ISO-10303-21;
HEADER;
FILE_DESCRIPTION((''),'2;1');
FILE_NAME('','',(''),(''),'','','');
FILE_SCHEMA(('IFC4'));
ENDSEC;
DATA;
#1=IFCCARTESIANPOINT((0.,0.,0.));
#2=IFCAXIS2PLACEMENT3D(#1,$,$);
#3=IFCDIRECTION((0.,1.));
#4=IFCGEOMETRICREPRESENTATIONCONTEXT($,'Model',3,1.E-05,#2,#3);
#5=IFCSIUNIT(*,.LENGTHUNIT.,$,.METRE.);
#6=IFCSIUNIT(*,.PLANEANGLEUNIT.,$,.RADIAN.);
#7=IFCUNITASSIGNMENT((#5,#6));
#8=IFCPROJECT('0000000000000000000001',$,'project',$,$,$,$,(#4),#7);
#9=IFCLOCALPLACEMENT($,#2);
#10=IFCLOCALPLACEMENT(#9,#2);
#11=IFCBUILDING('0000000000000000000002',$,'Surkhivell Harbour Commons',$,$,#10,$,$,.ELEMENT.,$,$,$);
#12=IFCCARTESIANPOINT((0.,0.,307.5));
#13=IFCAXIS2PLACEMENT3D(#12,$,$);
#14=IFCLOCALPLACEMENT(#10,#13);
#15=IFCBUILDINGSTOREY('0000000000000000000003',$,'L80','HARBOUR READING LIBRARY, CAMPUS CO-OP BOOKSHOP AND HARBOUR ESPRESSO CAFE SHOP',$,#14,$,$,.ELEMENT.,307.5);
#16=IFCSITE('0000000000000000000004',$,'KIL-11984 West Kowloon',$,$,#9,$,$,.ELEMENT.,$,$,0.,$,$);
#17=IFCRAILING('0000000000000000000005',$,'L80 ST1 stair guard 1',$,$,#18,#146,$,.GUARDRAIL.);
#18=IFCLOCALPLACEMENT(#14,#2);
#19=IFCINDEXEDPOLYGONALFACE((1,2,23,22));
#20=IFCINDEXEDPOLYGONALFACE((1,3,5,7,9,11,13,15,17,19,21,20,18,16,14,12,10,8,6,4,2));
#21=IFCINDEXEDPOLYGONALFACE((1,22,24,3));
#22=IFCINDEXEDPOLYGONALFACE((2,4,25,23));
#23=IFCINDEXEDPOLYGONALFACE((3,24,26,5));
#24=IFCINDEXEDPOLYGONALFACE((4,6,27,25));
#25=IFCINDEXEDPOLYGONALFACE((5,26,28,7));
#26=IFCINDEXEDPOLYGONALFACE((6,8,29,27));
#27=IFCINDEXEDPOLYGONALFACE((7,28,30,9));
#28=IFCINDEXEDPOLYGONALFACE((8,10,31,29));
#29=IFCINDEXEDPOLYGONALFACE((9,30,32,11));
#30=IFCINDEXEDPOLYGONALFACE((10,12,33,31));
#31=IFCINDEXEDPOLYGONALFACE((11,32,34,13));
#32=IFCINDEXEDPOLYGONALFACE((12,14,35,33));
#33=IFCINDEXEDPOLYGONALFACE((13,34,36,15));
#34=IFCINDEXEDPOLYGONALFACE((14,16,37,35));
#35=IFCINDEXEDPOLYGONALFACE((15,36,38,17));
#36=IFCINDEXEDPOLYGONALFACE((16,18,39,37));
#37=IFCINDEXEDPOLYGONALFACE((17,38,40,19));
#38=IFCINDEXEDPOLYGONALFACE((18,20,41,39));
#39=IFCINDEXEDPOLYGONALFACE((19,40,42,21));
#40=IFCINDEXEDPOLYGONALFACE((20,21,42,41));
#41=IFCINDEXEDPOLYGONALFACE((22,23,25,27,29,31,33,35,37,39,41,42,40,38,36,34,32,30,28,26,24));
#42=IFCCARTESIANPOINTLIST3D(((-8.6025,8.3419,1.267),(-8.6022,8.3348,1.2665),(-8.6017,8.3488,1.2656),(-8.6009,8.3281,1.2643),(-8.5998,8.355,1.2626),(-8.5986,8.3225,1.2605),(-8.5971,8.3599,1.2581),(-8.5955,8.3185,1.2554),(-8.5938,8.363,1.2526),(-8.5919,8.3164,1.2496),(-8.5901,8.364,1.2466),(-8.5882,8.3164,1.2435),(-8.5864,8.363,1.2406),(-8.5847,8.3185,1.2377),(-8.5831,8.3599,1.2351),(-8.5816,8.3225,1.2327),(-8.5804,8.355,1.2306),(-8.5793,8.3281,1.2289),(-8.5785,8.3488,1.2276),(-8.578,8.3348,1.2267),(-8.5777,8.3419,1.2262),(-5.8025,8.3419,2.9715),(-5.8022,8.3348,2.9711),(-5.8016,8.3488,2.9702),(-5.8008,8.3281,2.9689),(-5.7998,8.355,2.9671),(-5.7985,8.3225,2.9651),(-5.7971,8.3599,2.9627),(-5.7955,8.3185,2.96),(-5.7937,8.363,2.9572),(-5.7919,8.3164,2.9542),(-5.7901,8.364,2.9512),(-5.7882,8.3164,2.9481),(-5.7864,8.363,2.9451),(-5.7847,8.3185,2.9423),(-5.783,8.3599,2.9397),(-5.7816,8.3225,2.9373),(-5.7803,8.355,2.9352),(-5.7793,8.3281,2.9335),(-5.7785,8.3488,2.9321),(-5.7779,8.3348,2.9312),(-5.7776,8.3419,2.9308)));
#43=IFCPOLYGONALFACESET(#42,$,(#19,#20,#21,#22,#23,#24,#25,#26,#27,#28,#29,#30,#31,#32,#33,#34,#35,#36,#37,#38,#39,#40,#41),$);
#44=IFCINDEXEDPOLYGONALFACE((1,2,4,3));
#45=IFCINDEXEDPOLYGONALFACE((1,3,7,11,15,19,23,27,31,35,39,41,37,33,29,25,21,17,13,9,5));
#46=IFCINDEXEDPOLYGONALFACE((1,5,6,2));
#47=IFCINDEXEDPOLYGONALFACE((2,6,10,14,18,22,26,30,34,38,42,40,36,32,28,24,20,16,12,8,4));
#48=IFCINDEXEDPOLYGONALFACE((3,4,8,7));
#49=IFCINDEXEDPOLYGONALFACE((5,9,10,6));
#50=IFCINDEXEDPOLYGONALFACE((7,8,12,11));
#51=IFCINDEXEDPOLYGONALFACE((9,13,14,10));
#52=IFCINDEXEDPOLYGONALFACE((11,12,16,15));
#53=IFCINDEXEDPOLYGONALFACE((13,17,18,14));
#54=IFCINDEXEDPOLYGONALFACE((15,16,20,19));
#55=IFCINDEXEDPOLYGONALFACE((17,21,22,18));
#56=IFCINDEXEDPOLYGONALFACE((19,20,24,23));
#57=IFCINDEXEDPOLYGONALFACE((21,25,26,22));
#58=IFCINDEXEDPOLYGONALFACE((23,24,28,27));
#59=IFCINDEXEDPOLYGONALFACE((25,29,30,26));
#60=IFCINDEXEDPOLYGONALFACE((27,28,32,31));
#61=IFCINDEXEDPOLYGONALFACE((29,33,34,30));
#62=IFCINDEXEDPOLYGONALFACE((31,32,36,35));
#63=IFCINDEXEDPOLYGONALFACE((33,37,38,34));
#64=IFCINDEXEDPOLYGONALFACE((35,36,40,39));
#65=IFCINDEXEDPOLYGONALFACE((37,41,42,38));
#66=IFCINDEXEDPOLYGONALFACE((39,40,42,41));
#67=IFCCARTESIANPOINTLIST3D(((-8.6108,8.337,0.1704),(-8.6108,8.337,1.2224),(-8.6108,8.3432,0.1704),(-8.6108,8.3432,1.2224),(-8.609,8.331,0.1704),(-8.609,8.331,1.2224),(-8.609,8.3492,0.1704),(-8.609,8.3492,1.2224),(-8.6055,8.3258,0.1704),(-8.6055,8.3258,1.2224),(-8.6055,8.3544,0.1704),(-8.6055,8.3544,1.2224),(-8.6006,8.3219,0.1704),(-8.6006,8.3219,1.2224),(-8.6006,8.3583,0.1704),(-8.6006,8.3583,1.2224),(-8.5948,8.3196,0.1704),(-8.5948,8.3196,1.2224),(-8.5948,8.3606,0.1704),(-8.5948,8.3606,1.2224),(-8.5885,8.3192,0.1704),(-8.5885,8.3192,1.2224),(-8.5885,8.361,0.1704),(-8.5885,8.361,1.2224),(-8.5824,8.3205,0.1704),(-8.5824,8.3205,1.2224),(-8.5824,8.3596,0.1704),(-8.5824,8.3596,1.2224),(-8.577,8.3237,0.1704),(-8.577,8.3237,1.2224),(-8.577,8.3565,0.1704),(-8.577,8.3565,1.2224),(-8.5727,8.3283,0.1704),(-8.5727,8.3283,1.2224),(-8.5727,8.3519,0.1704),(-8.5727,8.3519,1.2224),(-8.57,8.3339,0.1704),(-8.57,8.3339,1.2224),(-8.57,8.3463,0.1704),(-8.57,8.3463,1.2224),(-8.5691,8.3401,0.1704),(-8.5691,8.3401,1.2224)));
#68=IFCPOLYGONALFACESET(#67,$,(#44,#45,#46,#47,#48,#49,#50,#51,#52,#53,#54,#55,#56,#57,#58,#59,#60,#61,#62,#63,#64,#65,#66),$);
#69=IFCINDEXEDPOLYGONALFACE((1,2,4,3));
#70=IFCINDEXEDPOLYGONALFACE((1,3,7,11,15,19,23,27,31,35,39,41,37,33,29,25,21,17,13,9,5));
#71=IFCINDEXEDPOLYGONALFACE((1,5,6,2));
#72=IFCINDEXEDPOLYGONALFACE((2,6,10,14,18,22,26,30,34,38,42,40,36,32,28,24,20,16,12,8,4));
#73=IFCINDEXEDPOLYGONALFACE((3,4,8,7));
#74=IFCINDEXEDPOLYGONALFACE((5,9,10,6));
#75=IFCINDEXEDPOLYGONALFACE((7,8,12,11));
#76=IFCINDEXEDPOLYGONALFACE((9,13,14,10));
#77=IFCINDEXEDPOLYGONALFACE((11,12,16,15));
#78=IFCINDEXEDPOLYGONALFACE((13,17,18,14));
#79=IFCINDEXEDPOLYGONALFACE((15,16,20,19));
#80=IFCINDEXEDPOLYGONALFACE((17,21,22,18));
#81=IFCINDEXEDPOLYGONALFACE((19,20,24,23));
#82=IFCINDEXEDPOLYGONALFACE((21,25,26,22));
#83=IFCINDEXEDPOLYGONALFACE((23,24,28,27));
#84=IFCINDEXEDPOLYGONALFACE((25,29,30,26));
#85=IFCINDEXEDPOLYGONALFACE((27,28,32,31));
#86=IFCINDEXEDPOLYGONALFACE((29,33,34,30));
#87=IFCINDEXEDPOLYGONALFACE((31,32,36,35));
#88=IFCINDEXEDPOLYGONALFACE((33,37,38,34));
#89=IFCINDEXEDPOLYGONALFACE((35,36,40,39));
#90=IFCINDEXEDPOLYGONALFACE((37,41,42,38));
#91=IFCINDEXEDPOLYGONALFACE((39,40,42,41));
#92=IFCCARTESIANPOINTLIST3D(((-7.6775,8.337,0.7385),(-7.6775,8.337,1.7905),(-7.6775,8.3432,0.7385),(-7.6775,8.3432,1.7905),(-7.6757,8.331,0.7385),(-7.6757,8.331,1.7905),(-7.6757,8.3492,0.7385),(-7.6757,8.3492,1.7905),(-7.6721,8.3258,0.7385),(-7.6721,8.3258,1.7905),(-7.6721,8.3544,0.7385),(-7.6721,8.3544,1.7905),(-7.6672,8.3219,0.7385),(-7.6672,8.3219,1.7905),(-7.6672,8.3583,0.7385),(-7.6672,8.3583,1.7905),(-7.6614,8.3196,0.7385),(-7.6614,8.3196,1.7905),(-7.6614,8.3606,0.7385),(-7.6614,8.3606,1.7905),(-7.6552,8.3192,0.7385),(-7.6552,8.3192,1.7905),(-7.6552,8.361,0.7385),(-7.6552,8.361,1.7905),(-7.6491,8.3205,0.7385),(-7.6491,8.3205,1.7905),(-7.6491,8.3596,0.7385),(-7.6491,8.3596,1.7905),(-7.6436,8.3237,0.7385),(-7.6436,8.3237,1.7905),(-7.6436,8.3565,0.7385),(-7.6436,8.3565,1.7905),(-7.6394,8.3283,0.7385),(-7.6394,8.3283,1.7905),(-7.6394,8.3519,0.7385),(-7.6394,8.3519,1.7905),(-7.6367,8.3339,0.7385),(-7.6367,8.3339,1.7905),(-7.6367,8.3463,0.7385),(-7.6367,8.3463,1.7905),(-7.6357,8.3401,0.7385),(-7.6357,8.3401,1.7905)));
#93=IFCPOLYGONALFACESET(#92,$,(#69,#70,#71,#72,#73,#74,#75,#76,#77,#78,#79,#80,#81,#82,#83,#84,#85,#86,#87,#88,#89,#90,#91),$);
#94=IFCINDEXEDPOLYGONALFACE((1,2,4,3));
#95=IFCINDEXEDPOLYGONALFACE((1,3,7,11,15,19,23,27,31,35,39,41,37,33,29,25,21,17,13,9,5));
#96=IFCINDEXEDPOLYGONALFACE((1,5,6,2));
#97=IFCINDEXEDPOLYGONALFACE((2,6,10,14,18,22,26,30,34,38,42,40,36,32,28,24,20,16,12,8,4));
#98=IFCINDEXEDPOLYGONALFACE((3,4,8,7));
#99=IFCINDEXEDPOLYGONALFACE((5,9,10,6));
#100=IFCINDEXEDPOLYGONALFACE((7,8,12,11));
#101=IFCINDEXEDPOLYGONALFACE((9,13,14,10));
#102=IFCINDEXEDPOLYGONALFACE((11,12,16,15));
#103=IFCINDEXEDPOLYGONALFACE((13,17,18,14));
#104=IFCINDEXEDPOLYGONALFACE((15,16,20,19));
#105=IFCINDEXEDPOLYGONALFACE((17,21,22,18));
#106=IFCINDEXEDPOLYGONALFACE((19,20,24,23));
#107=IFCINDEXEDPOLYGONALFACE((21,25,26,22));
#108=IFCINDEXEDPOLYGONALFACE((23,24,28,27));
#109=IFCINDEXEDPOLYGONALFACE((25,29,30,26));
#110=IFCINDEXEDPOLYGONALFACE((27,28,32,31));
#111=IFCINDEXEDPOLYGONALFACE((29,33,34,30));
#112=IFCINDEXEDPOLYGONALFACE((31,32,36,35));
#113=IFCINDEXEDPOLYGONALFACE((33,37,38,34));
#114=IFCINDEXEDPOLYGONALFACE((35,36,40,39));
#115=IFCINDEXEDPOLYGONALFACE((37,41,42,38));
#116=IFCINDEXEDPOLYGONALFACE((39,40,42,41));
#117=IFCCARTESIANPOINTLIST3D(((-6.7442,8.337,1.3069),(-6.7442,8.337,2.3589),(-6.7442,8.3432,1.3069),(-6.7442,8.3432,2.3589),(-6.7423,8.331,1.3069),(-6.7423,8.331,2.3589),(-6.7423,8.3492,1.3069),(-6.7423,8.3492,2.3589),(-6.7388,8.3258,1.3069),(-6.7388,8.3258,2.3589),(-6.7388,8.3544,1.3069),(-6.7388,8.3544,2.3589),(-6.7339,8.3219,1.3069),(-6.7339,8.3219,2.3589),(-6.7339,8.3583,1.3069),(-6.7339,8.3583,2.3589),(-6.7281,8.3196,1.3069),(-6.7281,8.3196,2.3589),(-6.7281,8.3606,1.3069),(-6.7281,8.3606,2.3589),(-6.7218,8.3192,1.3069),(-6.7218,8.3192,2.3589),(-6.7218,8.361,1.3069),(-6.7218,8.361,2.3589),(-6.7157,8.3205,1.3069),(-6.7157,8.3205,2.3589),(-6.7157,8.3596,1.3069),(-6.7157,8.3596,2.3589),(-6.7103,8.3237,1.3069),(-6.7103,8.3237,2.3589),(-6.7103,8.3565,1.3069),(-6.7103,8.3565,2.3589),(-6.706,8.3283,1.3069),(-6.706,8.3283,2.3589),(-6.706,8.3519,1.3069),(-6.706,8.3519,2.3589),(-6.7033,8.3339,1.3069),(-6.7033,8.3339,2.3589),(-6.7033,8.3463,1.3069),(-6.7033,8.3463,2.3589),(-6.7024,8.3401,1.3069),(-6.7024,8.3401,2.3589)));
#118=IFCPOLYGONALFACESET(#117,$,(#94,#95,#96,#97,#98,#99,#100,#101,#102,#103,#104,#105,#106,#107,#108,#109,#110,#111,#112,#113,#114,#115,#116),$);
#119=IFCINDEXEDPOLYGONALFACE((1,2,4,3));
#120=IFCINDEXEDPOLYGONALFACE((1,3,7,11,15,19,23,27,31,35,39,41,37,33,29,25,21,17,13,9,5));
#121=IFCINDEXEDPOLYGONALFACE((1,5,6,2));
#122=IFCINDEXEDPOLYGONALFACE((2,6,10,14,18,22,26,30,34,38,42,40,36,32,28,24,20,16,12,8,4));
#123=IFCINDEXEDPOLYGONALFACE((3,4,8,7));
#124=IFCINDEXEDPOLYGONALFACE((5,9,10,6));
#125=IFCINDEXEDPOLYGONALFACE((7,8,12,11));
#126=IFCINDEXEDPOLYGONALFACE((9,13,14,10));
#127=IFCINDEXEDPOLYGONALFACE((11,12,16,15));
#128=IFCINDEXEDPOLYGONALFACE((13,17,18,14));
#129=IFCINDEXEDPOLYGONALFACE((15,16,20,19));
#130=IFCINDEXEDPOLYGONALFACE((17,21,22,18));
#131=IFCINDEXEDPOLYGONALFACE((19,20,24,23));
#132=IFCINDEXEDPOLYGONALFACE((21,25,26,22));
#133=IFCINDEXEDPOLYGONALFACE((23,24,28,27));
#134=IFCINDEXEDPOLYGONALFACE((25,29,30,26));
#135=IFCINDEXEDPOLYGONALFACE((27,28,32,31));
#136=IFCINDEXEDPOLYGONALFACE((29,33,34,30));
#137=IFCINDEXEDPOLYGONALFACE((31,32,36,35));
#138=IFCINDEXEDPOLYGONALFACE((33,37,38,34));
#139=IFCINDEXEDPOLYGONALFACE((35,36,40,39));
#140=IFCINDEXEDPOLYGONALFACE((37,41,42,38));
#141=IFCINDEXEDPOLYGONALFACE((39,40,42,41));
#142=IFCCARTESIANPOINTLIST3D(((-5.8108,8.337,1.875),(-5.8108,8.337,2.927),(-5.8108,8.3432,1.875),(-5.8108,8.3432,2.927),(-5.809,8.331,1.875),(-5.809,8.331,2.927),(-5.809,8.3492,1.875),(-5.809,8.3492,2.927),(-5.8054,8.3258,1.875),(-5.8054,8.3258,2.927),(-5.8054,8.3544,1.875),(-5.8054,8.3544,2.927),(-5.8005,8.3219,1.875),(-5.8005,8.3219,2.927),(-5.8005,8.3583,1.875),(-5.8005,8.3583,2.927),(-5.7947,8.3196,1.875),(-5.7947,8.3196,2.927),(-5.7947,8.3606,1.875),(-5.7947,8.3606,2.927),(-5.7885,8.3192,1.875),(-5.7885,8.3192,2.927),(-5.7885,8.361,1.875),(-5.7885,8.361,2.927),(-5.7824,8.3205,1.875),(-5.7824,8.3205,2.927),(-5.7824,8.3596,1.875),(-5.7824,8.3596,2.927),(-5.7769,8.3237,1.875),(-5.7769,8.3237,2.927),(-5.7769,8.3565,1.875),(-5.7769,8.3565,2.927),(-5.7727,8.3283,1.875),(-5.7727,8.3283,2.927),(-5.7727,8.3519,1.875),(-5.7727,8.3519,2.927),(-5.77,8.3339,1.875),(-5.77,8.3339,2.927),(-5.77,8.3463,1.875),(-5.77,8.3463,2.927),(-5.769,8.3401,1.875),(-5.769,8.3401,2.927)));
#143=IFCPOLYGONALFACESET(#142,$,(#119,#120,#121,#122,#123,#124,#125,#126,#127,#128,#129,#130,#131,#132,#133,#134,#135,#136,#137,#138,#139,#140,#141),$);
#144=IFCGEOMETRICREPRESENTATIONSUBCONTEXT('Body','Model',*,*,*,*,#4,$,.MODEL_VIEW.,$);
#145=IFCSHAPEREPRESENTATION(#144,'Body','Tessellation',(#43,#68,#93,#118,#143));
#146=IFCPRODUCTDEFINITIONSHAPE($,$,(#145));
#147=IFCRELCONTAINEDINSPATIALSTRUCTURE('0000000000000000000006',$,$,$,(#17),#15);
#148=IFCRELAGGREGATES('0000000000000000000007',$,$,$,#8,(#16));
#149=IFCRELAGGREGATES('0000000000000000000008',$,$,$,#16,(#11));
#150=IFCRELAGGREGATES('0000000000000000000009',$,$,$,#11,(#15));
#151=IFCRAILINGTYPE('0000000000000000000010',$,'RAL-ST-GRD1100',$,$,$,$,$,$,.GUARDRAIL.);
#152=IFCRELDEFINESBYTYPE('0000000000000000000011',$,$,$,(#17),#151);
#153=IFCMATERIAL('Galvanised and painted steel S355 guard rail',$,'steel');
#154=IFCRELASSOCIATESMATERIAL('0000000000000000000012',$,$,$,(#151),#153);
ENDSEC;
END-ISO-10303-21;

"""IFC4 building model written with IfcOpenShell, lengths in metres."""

from ifc_helpers import new_model, si_unit, direction, frame, origin, origin_2d, place, context, subcontext, project, spatial, circle, extrude, material, type_object, element, save


model = new_model("IFC4")

# Units and contexts
model_context = context("Model", 3, precision=1e-05, world=origin(), true_north=direction((0.0, 1.0)))
body_context = subcontext(model_context, "Body", "Model", "MODEL_VIEW")
ifc_project = project(units=[si_unit("LENGTHUNIT", "METRE"), si_unit("PLANEANGLEUNIT", "RADIAN")], contexts=[model_context])

# Site, building, storey
site_placement = place(None, origin())
site = spatial("IfcSite", under=ifc_project, at=site_placement, Name="KIL-11984 West Kowloon", CompositionType="ELEMENT", RefElevation=0.0)
building_placement = place(site_placement, origin())
building = spatial("IfcBuilding", under=site, at=building_placement, Name="Surkhivell Harbour Commons", CompositionType="ELEMENT")
storey_placement = place(building_placement, frame((0.0, 0.0, 307.5)))
storey = spatial("IfcBuildingStorey", under=building, at=storey_placement, Name="L80", Description="HARBOUR READING LIBRARY, CAMPUS CO-OP BOOKSHOP AND HARBOUR ESPRESSO CAFE SHOP", CompositionType="ELEMENT", Elevation=307.5)

# Railing
ifc_material_1 = material(Name="Galvanised and painted steel S355 guard rail", Category="steel")
railing_type_1 = type_object("IfcRailingType", Name="RAL-ST-GRD1100", PredefinedType="GUARDRAIL", material=ifc_material_1)
railing_1_placement = place(storey_placement, frame((-8.5901, 8.3401, 0.1704)))
element("IfcRailing", 1, at=railing_1_placement, inside=storey, type_object=railing_type_1, Name="L80 ST1 stair guard 1", PredefinedType="GUARDRAIL", context=body_context, shape_type="SweptSolid", body=[
    extrude(circle(Radius=0.0239, at=origin_2d()), frame((0.0, 0.0, 1.0762), z_axis=(0.85417, 0.0, 0.519994), x_axis=(0.0, 1.0, 0.0)), (0.0, 0.0, 1.0), 3.2781),
    extrude(circle(Radius=0.021, at=origin_2d()), origin(), (0.0, 0.0, 1.0), 1.052),
    extrude(circle(Radius=0.021, at=origin_2d()), frame((0.9333, 0.0, 0.5681)), (0.0, 0.0, 1.0), 1.052),
    extrude(circle(Radius=0.021, at=origin_2d()), frame((1.8667, 0.0, 1.1365)), (0.0, 0.0, 1.0), 1.052),
    extrude(circle(Radius=0.021, at=origin_2d()), frame((2.8, 0.0, 1.7046)), (0.0, 0.0, 1.0), 1.052),
])

save(model, "model.ifc")
